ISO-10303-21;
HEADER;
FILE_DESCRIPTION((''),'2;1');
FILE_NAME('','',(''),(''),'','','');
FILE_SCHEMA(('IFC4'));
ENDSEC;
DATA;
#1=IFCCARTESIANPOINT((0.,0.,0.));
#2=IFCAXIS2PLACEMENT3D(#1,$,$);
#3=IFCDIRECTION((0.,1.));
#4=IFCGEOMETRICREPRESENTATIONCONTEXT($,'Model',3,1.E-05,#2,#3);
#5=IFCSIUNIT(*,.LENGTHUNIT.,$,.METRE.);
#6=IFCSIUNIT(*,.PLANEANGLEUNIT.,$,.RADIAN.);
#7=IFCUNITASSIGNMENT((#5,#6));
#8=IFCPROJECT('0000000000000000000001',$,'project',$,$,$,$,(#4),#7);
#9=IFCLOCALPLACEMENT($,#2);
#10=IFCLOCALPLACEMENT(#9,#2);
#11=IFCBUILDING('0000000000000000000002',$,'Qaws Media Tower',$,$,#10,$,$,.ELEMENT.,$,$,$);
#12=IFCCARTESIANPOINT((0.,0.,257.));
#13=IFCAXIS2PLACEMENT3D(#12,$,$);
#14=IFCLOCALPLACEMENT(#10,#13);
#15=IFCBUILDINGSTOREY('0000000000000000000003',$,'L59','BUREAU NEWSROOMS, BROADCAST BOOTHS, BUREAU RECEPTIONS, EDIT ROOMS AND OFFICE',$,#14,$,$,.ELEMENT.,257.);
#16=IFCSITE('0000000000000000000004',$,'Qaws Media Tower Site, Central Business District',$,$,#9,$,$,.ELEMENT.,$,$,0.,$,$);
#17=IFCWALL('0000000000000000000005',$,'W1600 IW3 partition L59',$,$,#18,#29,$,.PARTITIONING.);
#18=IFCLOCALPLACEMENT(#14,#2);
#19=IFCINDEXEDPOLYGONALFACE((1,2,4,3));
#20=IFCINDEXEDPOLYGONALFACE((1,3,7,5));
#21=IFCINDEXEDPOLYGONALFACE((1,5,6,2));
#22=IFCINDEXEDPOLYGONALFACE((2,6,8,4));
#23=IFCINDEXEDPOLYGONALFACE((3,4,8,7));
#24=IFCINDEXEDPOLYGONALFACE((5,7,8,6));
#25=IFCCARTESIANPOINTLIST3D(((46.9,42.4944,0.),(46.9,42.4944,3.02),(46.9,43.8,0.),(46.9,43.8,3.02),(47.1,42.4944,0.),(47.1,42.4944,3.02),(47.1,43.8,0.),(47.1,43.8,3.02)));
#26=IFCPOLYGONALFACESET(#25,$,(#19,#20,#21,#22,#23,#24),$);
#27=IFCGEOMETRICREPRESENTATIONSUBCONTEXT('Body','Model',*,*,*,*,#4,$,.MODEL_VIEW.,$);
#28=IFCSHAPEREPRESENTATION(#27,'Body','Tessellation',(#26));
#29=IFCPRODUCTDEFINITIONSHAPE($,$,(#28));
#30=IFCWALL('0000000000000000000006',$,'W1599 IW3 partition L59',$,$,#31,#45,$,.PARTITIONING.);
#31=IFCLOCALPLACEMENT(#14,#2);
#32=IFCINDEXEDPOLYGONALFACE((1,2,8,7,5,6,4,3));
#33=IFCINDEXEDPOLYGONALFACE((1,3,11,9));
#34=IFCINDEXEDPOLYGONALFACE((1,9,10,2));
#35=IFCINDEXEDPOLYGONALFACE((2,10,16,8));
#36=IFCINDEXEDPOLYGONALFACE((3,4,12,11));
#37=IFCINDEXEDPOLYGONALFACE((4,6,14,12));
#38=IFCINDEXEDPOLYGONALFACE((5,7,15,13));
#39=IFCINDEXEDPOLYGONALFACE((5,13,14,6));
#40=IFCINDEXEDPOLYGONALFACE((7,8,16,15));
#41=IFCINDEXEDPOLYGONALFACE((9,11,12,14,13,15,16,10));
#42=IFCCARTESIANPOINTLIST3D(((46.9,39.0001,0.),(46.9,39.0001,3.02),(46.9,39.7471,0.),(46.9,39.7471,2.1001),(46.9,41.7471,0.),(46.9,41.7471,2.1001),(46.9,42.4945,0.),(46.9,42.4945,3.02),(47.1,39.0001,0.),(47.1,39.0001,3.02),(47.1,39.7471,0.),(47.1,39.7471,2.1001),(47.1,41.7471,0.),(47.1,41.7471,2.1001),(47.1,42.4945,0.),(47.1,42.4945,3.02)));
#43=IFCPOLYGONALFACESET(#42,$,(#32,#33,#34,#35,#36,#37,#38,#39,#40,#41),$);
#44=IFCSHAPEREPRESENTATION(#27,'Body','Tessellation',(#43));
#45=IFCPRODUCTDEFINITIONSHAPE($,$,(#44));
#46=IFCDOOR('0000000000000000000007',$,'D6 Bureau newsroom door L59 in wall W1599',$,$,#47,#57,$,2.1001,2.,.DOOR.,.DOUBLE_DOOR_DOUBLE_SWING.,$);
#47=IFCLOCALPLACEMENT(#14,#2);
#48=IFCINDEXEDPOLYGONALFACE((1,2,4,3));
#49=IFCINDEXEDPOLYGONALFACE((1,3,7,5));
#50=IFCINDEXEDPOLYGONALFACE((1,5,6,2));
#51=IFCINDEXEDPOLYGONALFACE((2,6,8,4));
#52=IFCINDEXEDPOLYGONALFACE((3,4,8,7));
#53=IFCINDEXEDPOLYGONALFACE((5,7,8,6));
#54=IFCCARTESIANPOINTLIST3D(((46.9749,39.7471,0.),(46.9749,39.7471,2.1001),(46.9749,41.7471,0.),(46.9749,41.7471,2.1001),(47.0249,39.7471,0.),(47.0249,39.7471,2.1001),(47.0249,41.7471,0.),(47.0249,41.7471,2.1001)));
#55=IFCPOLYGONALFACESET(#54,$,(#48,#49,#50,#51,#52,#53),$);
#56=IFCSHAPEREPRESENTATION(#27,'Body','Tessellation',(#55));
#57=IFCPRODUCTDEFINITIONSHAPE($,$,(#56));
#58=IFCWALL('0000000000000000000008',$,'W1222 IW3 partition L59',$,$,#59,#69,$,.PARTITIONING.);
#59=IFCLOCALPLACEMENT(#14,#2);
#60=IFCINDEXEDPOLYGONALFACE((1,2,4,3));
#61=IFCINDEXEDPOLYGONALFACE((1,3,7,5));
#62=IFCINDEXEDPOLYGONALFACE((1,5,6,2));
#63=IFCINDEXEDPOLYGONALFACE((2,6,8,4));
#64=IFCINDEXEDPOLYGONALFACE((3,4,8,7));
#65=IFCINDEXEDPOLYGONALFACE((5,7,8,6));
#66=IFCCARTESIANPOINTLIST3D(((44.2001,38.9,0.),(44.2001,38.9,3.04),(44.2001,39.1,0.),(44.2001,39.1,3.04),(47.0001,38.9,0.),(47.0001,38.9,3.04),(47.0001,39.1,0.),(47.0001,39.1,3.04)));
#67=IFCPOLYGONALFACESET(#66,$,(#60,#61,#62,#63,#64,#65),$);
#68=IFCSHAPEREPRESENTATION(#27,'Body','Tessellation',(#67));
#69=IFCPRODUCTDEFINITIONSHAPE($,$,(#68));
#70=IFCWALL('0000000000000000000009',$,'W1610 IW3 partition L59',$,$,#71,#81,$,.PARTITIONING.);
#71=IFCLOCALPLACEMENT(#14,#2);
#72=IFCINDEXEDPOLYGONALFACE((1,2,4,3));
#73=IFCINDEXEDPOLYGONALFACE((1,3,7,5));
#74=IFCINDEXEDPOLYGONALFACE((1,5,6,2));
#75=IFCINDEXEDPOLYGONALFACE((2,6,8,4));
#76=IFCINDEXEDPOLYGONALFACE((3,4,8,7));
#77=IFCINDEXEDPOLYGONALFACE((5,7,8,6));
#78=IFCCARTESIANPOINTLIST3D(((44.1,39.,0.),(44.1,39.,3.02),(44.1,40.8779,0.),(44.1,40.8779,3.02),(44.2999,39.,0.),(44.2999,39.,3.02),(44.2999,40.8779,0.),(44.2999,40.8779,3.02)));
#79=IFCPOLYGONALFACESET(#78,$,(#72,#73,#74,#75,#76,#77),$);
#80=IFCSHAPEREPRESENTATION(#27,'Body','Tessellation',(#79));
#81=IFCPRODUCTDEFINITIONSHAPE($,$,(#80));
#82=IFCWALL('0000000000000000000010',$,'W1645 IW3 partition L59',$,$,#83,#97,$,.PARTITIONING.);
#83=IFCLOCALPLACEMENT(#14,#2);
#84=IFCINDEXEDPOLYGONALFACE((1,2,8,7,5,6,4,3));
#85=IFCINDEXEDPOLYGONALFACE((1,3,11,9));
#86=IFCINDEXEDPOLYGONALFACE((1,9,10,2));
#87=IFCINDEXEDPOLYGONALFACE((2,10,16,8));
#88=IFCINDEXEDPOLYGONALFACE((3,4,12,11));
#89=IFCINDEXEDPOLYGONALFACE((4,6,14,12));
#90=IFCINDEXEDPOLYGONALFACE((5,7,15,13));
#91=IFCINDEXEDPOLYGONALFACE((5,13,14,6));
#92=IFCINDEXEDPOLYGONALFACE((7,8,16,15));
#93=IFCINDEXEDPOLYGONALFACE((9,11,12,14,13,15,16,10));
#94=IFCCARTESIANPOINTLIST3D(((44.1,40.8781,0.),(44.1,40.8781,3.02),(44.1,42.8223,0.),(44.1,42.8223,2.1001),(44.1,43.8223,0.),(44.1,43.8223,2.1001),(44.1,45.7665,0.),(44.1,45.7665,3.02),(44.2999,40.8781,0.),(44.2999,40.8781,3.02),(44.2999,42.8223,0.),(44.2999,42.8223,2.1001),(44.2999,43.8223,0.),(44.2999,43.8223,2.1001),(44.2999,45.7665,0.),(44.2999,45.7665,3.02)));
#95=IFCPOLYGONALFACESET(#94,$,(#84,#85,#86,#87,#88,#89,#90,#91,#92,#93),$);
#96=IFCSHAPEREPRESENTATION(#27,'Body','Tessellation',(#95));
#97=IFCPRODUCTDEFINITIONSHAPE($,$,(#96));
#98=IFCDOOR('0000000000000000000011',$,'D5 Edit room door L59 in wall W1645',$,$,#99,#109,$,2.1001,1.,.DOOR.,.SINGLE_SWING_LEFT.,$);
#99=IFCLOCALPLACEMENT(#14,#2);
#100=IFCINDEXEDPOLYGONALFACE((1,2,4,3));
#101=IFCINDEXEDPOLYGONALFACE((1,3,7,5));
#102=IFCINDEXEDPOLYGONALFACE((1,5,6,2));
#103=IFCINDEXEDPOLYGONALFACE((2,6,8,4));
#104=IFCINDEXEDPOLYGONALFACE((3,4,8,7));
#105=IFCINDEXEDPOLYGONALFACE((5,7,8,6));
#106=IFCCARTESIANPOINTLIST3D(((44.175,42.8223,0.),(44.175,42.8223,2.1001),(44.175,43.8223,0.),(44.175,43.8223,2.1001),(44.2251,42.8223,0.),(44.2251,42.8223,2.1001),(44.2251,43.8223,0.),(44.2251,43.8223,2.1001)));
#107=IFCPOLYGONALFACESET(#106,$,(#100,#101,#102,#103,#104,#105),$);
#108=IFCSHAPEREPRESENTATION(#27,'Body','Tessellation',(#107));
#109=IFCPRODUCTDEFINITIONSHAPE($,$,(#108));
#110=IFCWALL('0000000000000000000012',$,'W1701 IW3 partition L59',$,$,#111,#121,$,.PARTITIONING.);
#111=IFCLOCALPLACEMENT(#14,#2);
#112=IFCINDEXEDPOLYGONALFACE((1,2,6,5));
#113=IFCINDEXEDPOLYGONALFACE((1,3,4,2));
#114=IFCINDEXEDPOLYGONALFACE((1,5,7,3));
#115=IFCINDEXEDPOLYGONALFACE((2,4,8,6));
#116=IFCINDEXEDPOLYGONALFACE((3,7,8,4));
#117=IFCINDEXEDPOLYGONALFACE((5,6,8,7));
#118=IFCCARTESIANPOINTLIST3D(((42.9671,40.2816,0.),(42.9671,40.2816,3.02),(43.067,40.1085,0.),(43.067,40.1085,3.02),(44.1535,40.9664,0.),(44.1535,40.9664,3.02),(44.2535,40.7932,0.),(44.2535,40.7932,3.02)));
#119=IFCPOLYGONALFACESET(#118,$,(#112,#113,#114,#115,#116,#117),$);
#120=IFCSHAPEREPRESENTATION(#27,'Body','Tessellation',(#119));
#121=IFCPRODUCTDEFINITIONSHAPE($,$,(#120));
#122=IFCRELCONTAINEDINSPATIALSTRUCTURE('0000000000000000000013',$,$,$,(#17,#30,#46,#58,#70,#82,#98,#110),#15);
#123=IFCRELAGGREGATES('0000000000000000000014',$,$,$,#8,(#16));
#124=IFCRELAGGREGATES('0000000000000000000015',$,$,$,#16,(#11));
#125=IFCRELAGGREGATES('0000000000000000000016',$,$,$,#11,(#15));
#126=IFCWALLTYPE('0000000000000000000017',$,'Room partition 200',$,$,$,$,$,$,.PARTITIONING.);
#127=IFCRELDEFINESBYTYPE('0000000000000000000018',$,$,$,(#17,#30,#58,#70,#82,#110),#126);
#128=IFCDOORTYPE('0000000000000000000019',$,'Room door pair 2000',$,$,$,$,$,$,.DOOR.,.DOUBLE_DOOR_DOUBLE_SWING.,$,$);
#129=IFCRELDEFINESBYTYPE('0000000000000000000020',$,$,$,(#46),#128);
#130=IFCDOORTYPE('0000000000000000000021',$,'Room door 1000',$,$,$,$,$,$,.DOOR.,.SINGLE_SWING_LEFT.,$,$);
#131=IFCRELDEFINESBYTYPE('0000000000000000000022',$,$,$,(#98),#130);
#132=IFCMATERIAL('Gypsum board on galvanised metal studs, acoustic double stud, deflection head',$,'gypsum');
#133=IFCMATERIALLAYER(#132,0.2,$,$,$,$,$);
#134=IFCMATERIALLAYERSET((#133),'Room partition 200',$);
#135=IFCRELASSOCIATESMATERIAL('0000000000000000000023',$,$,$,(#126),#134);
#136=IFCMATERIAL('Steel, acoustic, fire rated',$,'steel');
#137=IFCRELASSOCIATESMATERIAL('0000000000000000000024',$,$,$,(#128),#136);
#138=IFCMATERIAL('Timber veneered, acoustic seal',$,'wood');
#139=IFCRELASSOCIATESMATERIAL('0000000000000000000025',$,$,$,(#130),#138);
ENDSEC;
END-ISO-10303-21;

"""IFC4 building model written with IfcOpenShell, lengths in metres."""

from ifc_helpers import new_model, si_unit, direction, frame, frame_2d, origin, place, context, subcontext, project, spatial, rectangle, extrude, material, layer, layer_set, type_object, element, fill, save


model = new_model("IFC4")

# Units and contexts
model_context = context("Model", 3, precision=1e-05, world=origin(), true_north=direction((0.0, 1.0)))
body_context = subcontext(model_context, "Body", "Model", "MODEL_VIEW")
ifc_project = project(units=[si_unit("LENGTHUNIT", "METRE"), si_unit("PLANEANGLEUNIT", "RADIAN")], contexts=[model_context])

# Site, building, storey
site_placement = place(None, origin())
site = spatial("IfcSite", under=ifc_project, at=site_placement, Name="Qaws Media Tower Site, Central Business District", CompositionType="ELEMENT", RefElevation=0.0)
building_placement = place(site_placement, origin())
building = spatial("IfcBuilding", under=site, at=building_placement, Name="Qaws Media Tower", CompositionType="ELEMENT")
storey_placement = place(building_placement, frame((0.0, 0.0, 257.0)))
storey = spatial("IfcBuildingStorey", under=building, at=storey_placement, Name="L59", Description="BUREAU NEWSROOMS, BROADCAST BOOTHS, BUREAU RECEPTIONS, EDIT ROOMS AND OFFICE", CompositionType="ELEMENT", Elevation=257.0)

# Wall
ifc_material_1 = material(Name="Gypsum board on galvanised metal studs, acoustic double stud, deflection head", Category="gypsum")
ifc_layer_1 = layer(ifc_material_1, 0.2)
ifc_layer_set_1 = layer_set([ifc_layer_1], Name="Room partition 200")
wall_type_1 = type_object("IfcWallType", Name="Room partition 200", PredefinedType="PARTITIONING", material=ifc_layer_set_1)
wall_1_placement = place(storey_placement, frame((47.0, 43.8, 0.0), z_axis=(0.0, 0.0, 1.0), x_axis=(0.0, -1.0, 0.0)))
element("IfcWall", 1, at=wall_1_placement, inside=storey, type_object=wall_type_1, Name="W1600 IW3 partition L59", PredefinedType="PARTITIONING", context=body_context, shape_type="SweptSolid", body=[
    extrude(rectangle(XDim=1.3057, YDim=0.2, at=frame_2d((0.6528, 0.0))), origin(), (0.0, 0.0, 1.0), 3.02),
])

# Wall, opening, door
wall_2_placement = place(storey_placement, frame((47.0, 42.4944, 0.0), z_axis=(0.0, 0.0, 1.0), x_axis=(0.0, -1.0, 0.0)))
wall_2 = element("IfcWall", 2, at=wall_2_placement, inside=storey, type_object=wall_type_1, Name="W1599 IW3 partition L59", PredefinedType="PARTITIONING", context=body_context, shape_type="SweptSolid", body=[
    extrude(rectangle(XDim=3.4944, YDim=0.2, at=frame_2d((1.7471, 0.0))), origin(), (0.0, 0.0, 1.0), 3.02),
])
opening_1_placement = place(wall_2_placement, frame((0.7473, 0.0, 0.0)))
opening_1 = element("IfcOpeningElement", 3, at=opening_1_placement, cuts=wall_2, PredefinedType="OPENING", context=body_context, shape_type="SweptSolid", body=[
    extrude(rectangle(XDim=2.0, YDim=2.1001, at=frame_2d((1.0, 1.05))), frame((0.0, 0.1099, 0.0), z_axis=(0.0, -1.0, 0.0), x_axis=(1.0, 0.0, 0.0)), (0.0, 0.0, 1.0), 0.22),
])
ifc_material_2 = material(Name="Steel, acoustic, fire rated", Category="steel")
door_type_1 = type_object("IfcDoorType", Name="Room door pair 2000", OperationType="DOUBLE_DOOR_DOUBLE_SWING", PredefinedType="DOOR", material=ifc_material_2)
door_1_placement = place(opening_1_placement, origin())
door_1 = element("IfcDoor", 4, at=door_1_placement, inside=storey, type_object=door_type_1, Name="D6 Bureau newsroom door L59 in wall W1599", OperationType="DOUBLE_DOOR_DOUBLE_SWING", OverallHeight=2.1001, OverallWidth=2.0, PredefinedType="DOOR", context=body_context, shape_type="SweptSolid", body=[
    extrude(rectangle(XDim=2.0, YDim=2.1001, at=frame_2d((1.0, 1.05))), frame((0.0, 0.0249, 0.0), z_axis=(0.0, -1.0, 0.0), x_axis=(1.0, 0.0, 0.0)), (0.0, 0.0, 1.0), 0.05),
])
fill(opening_1, door_1)

# Walls
wall_3_placement = place(storey_placement, frame((47.0, 39.0, 0.0), z_axis=(0.0, 0.0, 1.0), x_axis=(-1.0, 0.0, 0.0)))
element("IfcWall", 5, at=wall_3_placement, inside=storey, type_object=wall_type_1, Name="W1222 IW3 partition L59", PredefinedType="PARTITIONING", context=body_context, shape_type="SweptSolid", body=[
    extrude(rectangle(XDim=2.8, YDim=0.2, at=frame_2d((1.3999, 0.0))), origin(), (0.0, 0.0, 1.0), 3.04),
])
wall_4_placement = place(storey_placement, frame((44.2, 39.0, 0.0), z_axis=(0.0, 0.0, 1.0), x_axis=(0.0, 1.0, 0.0)))
element("IfcWall", 6, at=wall_4_placement, inside=storey, type_object=wall_type_1, Name="W1610 IW3 partition L59", PredefinedType="PARTITIONING", context=body_context, shape_type="SweptSolid", body=[
    extrude(rectangle(XDim=1.8779, YDim=0.2, at=frame_2d((0.939, 0.0))), origin(), (0.0, 0.0, 1.0), 3.02),
])

# Wall, opening, door
wall_5_placement = place(storey_placement, frame((44.2, 40.8779, 0.0), z_axis=(0.0, 0.0, 1.0), x_axis=(0.0, 1.0, 0.0)))
wall_5 = element("IfcWall", 7, at=wall_5_placement, inside=storey, type_object=wall_type_1, Name="W1645 IW3 partition L59", PredefinedType="PARTITIONING", context=body_context, shape_type="SweptSolid", body=[
    extrude(rectangle(XDim=4.8884, YDim=0.2, at=frame_2d((2.4443, 0.0))), origin(), (0.0, 0.0, 1.0), 3.02),
])
opening_2_placement = place(wall_5_placement, frame((1.9443, 0.0, 0.0)))
opening_2 = element("IfcOpeningElement", 8, at=opening_2_placement, cuts=wall_5, PredefinedType="OPENING", context=body_context, shape_type="SweptSolid", body=[
    extrude(rectangle(XDim=1.0, YDim=2.1001, at=frame_2d((0.5, 1.05))), frame((0.0, 0.1099, 0.0), z_axis=(0.0, -1.0, 0.0), x_axis=(1.0, 0.0, 0.0)), (0.0, 0.0, 1.0), 0.22),
])
ifc_material_3 = material(Name="Timber veneered, acoustic seal", Category="wood")
door_type_2 = type_object("IfcDoorType", Name="Room door 1000", OperationType="SINGLE_SWING_LEFT", PredefinedType="DOOR", material=ifc_material_3)
door_2_placement = place(opening_2_placement, origin())
door_2 = element("IfcDoor", 9, at=door_2_placement, inside=storey, type_object=door_type_2, Name="D5 Edit room door L59 in wall W1645", OperationType="SINGLE_SWING_LEFT", OverallHeight=2.1001, OverallWidth=1.0, PredefinedType="DOOR", context=body_context, shape_type="SweptSolid", body=[
    extrude(rectangle(XDim=1.0, YDim=2.1001, at=frame_2d((0.5, 1.05))), frame((0.0, 0.0249, 0.0), z_axis=(0.0, -1.0, 0.0), x_axis=(1.0, 0.0, 0.0)), (0.0, 0.0, 1.0), 0.05),
])
fill(opening_2, door_2)

# Wall
wall_6_placement = place(storey_placement, frame((44.2036, 40.8799, 0.0), z_axis=(0.0, 0.0, 1.0), x_axis=(-0.866097, -0.499877, 0.0)))
element("IfcWall", 10, at=wall_6_placement, inside=storey, type_object=wall_type_1, Name="W1701 IW3 partition L59", PredefinedType="PARTITIONING", context=body_context, shape_type="SweptSolid", body=[
    extrude(rectangle(XDim=1.3699, YDim=0.2, at=frame_2d((0.6851, 0.0))), origin(), (0.0, 0.0, 1.0), 3.02),
])

save(model, "model.ifc")
